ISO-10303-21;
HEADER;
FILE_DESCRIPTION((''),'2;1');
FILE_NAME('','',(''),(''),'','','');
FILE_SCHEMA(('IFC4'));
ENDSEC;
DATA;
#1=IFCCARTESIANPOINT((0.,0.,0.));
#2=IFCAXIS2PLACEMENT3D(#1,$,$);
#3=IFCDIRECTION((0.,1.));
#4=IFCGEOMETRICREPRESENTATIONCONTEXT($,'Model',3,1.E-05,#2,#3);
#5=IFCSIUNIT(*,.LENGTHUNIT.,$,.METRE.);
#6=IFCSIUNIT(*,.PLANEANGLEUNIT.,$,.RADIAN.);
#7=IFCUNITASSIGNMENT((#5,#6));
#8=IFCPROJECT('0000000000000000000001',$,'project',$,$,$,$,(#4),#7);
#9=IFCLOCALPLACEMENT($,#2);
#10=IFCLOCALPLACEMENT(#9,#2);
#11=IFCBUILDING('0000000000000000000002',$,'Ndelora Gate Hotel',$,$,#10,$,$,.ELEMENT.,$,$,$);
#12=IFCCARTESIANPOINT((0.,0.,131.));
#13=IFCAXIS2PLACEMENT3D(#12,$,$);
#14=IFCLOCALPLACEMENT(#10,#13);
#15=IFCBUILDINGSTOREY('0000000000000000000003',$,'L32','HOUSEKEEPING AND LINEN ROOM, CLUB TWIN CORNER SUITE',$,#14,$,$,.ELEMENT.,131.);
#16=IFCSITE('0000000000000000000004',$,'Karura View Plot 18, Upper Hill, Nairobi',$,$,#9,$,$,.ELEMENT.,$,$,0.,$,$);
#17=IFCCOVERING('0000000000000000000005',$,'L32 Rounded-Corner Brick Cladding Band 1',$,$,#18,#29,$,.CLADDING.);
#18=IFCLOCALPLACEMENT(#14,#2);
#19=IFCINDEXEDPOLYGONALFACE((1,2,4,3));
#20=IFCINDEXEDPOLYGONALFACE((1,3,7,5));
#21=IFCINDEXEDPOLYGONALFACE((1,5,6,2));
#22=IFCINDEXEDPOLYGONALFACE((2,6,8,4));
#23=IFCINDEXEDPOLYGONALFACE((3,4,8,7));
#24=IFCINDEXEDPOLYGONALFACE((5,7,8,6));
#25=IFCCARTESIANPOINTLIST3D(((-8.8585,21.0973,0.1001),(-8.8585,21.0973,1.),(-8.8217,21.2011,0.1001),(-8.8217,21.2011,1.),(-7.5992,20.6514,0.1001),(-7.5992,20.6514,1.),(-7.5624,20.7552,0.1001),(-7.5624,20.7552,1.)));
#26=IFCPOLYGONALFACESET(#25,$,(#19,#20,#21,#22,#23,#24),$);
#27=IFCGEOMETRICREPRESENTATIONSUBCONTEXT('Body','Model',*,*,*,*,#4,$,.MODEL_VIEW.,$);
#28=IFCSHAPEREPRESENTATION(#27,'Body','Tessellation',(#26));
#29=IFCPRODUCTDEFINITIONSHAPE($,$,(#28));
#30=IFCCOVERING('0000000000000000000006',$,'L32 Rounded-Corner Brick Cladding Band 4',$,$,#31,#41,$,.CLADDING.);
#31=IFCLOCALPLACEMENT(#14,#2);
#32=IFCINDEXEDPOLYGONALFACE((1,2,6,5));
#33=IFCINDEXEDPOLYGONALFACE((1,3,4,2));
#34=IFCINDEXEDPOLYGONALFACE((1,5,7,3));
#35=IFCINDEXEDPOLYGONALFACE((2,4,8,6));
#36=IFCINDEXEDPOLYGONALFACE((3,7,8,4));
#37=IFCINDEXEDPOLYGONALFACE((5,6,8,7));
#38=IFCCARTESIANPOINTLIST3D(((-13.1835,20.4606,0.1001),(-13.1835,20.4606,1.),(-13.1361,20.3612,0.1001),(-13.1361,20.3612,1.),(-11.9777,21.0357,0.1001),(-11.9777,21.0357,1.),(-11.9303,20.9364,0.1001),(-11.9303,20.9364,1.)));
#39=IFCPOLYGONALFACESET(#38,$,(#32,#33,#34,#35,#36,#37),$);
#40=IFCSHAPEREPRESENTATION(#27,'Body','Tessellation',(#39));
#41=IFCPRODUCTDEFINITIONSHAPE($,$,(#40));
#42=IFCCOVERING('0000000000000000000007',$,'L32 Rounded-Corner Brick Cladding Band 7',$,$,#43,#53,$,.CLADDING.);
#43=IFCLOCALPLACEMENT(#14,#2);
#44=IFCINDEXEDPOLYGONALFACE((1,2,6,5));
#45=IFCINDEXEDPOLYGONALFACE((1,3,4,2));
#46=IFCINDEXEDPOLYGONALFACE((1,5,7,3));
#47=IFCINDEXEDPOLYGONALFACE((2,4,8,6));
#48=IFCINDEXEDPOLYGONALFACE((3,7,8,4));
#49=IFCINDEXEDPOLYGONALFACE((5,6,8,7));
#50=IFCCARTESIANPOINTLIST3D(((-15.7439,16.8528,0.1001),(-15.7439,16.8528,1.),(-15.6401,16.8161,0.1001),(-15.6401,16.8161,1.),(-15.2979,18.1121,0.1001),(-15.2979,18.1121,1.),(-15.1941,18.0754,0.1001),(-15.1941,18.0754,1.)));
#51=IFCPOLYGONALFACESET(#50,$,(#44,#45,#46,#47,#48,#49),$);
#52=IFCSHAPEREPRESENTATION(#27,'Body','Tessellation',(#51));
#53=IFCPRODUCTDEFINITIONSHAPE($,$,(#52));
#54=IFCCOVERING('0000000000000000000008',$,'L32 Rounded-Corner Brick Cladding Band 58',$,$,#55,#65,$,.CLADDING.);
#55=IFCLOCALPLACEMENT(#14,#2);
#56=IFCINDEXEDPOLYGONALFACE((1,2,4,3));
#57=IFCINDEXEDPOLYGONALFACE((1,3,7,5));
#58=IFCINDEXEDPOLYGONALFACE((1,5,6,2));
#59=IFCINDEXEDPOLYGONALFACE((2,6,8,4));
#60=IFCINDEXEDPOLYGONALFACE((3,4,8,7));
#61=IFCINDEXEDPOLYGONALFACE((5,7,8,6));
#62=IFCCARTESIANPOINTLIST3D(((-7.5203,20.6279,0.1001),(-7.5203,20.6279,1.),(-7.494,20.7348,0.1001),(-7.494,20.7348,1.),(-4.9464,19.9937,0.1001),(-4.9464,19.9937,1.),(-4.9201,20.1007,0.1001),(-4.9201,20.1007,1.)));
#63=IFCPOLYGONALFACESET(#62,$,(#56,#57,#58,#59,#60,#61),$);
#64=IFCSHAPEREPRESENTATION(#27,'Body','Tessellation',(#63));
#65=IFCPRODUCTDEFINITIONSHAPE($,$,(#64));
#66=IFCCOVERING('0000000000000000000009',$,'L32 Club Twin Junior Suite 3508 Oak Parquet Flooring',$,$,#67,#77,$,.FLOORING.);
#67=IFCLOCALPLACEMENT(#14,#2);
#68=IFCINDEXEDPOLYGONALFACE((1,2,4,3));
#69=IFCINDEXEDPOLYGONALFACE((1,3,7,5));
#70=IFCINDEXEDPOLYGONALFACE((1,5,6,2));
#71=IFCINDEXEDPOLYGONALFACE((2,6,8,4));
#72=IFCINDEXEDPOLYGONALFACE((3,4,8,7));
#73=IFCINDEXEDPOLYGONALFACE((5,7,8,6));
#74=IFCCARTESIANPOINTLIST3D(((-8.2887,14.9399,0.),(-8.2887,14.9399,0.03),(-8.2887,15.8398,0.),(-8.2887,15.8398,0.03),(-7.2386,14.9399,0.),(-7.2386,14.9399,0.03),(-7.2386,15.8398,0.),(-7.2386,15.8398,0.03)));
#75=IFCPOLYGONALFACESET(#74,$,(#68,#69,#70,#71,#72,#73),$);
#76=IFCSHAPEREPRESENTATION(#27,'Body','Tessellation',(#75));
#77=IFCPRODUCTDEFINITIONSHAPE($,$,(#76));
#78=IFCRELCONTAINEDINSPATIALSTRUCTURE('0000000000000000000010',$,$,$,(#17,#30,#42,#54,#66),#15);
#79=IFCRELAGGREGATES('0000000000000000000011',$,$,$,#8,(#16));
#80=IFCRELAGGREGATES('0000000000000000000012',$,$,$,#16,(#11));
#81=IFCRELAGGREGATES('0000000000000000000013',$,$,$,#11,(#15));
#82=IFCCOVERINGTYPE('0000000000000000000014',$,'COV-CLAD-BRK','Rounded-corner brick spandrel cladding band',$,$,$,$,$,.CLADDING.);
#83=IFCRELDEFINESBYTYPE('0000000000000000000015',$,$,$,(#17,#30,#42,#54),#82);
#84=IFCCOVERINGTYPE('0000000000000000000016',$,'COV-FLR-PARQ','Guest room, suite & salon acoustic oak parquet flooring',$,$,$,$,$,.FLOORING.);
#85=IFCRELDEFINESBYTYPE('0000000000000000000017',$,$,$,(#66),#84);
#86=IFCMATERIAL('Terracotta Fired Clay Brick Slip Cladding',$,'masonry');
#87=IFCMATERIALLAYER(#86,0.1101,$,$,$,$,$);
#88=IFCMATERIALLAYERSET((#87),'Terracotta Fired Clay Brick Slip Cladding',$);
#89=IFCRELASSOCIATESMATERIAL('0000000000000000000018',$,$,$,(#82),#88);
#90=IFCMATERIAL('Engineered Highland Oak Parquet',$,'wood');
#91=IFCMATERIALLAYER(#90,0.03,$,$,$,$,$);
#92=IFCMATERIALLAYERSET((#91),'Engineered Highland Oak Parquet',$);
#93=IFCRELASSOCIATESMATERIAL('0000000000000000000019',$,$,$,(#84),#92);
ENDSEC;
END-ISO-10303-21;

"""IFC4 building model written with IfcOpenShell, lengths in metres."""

from ifc_helpers import new_model, si_unit, direction, frame, origin, origin_2d, place, context, subcontext, project, spatial, rectangle, extrude, material, layer, layer_set, type_object, element, save


model = new_model("IFC4")

# Units and contexts
model_context = context("Model", 3, precision=1e-05, world=origin(), true_north=direction((0.0, 1.0)))
body_context = subcontext(model_context, "Body", "Model", "MODEL_VIEW")
ifc_project = project(units=[si_unit("LENGTHUNIT", "METRE"), si_unit("PLANEANGLEUNIT", "RADIAN")], contexts=[model_context])

# Site, building, storey
site_placement = place(None, origin())
site = spatial("IfcSite", under=ifc_project, at=site_placement, Name="Karura View Plot 18, Upper Hill, Nairobi", CompositionType="ELEMENT", RefElevation=0.0)
building_placement = place(site_placement, origin())
building = spatial("IfcBuilding", under=site, at=building_placement, Name="Ndelora Gate Hotel", CompositionType="ELEMENT")
storey_placement = place(building_placement, frame((0.0, 0.0, 131.0)))
storey = spatial("IfcBuildingStorey", under=building, at=storey_placement, Name="L32", Description="HOUSEKEEPING AND LINEN ROOM, CLUB TWIN CORNER SUITE", CompositionType="ELEMENT", Elevation=131.0)

# Coverings
ifc_material_1 = material(Name="Terracotta Fired Clay Brick Slip Cladding", Category="masonry")
ifc_layer_1 = layer(ifc_material_1, 0.1101)
ifc_layer_set_1 = layer_set([ifc_layer_1], Name="Terracotta Fired Clay Brick Slip Cladding")
covering_type_1 = type_object("IfcCoveringType", Name="COV-CLAD-BRK", Description="Rounded-corner brick spandrel cladding band", PredefinedType="CLADDING", material=ifc_layer_set_1)
for number, where, z_axis, x_axis, name in (
    (1, (-8.2104, 20.9263, 0.1001), (0.0, 0.0, 1.0), (-0.942641, 0.333807, 0.0), "L32 Rounded-Corner Brick Cladding Band 1"),
    (2, (-12.5569, 20.6985, 0.1001), (0.0, 0.0, 1.0), (0.902585, 0.430511, 0.0), "L32 Rounded-Corner Brick Cladding Band 4"),
    (3, (-15.469, 17.4641, 0.1001), (0.0, 0.0, 1.0), (0.333807, 0.942641, 0.0), "L32 Rounded-Corner Brick Cladding Band 7"),
):
    element("IfcCovering", number, at=place(storey_placement, frame(where, z_axis=z_axis, x_axis=x_axis)), inside=storey, type_object=covering_type_1, Name=name, PredefinedType="CLADDING", context=body_context, shape_type="SweptSolid", body=[
        extrude(rectangle(XDim=1.3359, YDim=0.1101, at=origin_2d()), origin(), (0.0, 0.0, 1.0), 0.8999),
    ])
covering_1_placement = place(storey_placement, frame((-6.2202, 20.3643, 0.1001), z_axis=(0.0, 0.0, 1.0), x_axis=(-0.970968, 0.239211, 0.0)))
element("IfcCovering", 4, at=covering_1_placement, inside=storey, type_object=covering_type_1, Name="L32 Rounded-Corner Brick Cladding Band 58", PredefinedType="CLADDING", context=body_context, shape_type="SweptSolid", body=[
    extrude(rectangle(XDim=2.6509, YDim=0.1101, at=origin_2d()), origin(), (0.0, 0.0, 1.0), 0.8999),
])
ifc_material_2 = material(Name="Engineered Highland Oak Parquet", Category="wood")
ifc_layer_2 = layer(ifc_material_2, 0.03)
ifc_layer_set_2 = layer_set([ifc_layer_2], Name="Engineered Highland Oak Parquet")
covering_type_2 = type_object("IfcCoveringType", Name="COV-FLR-PARQ", Description="Guest room, suite & salon acoustic oak parquet flooring", PredefinedType="FLOORING", material=ifc_layer_set_2)
covering_2_placement = place(storey_placement, frame((-7.7637, 15.3899, 0.0), z_axis=(0.0, 0.0, 1.0), x_axis=(1.0, 0.0, 0.0)))
element("IfcCovering", 5, at=covering_2_placement, inside=storey, type_object=covering_type_2, Name="L32 Club Twin Junior Suite 3508 Oak Parquet Flooring", PredefinedType="FLOORING", context=body_context, shape_type="SweptSolid", body=[
    extrude(rectangle(XDim=1.05, YDim=0.8999, at=origin_2d()), origin(), (0.0, 0.0, 1.0), 0.03),
])

save(model, "model.ifc")
